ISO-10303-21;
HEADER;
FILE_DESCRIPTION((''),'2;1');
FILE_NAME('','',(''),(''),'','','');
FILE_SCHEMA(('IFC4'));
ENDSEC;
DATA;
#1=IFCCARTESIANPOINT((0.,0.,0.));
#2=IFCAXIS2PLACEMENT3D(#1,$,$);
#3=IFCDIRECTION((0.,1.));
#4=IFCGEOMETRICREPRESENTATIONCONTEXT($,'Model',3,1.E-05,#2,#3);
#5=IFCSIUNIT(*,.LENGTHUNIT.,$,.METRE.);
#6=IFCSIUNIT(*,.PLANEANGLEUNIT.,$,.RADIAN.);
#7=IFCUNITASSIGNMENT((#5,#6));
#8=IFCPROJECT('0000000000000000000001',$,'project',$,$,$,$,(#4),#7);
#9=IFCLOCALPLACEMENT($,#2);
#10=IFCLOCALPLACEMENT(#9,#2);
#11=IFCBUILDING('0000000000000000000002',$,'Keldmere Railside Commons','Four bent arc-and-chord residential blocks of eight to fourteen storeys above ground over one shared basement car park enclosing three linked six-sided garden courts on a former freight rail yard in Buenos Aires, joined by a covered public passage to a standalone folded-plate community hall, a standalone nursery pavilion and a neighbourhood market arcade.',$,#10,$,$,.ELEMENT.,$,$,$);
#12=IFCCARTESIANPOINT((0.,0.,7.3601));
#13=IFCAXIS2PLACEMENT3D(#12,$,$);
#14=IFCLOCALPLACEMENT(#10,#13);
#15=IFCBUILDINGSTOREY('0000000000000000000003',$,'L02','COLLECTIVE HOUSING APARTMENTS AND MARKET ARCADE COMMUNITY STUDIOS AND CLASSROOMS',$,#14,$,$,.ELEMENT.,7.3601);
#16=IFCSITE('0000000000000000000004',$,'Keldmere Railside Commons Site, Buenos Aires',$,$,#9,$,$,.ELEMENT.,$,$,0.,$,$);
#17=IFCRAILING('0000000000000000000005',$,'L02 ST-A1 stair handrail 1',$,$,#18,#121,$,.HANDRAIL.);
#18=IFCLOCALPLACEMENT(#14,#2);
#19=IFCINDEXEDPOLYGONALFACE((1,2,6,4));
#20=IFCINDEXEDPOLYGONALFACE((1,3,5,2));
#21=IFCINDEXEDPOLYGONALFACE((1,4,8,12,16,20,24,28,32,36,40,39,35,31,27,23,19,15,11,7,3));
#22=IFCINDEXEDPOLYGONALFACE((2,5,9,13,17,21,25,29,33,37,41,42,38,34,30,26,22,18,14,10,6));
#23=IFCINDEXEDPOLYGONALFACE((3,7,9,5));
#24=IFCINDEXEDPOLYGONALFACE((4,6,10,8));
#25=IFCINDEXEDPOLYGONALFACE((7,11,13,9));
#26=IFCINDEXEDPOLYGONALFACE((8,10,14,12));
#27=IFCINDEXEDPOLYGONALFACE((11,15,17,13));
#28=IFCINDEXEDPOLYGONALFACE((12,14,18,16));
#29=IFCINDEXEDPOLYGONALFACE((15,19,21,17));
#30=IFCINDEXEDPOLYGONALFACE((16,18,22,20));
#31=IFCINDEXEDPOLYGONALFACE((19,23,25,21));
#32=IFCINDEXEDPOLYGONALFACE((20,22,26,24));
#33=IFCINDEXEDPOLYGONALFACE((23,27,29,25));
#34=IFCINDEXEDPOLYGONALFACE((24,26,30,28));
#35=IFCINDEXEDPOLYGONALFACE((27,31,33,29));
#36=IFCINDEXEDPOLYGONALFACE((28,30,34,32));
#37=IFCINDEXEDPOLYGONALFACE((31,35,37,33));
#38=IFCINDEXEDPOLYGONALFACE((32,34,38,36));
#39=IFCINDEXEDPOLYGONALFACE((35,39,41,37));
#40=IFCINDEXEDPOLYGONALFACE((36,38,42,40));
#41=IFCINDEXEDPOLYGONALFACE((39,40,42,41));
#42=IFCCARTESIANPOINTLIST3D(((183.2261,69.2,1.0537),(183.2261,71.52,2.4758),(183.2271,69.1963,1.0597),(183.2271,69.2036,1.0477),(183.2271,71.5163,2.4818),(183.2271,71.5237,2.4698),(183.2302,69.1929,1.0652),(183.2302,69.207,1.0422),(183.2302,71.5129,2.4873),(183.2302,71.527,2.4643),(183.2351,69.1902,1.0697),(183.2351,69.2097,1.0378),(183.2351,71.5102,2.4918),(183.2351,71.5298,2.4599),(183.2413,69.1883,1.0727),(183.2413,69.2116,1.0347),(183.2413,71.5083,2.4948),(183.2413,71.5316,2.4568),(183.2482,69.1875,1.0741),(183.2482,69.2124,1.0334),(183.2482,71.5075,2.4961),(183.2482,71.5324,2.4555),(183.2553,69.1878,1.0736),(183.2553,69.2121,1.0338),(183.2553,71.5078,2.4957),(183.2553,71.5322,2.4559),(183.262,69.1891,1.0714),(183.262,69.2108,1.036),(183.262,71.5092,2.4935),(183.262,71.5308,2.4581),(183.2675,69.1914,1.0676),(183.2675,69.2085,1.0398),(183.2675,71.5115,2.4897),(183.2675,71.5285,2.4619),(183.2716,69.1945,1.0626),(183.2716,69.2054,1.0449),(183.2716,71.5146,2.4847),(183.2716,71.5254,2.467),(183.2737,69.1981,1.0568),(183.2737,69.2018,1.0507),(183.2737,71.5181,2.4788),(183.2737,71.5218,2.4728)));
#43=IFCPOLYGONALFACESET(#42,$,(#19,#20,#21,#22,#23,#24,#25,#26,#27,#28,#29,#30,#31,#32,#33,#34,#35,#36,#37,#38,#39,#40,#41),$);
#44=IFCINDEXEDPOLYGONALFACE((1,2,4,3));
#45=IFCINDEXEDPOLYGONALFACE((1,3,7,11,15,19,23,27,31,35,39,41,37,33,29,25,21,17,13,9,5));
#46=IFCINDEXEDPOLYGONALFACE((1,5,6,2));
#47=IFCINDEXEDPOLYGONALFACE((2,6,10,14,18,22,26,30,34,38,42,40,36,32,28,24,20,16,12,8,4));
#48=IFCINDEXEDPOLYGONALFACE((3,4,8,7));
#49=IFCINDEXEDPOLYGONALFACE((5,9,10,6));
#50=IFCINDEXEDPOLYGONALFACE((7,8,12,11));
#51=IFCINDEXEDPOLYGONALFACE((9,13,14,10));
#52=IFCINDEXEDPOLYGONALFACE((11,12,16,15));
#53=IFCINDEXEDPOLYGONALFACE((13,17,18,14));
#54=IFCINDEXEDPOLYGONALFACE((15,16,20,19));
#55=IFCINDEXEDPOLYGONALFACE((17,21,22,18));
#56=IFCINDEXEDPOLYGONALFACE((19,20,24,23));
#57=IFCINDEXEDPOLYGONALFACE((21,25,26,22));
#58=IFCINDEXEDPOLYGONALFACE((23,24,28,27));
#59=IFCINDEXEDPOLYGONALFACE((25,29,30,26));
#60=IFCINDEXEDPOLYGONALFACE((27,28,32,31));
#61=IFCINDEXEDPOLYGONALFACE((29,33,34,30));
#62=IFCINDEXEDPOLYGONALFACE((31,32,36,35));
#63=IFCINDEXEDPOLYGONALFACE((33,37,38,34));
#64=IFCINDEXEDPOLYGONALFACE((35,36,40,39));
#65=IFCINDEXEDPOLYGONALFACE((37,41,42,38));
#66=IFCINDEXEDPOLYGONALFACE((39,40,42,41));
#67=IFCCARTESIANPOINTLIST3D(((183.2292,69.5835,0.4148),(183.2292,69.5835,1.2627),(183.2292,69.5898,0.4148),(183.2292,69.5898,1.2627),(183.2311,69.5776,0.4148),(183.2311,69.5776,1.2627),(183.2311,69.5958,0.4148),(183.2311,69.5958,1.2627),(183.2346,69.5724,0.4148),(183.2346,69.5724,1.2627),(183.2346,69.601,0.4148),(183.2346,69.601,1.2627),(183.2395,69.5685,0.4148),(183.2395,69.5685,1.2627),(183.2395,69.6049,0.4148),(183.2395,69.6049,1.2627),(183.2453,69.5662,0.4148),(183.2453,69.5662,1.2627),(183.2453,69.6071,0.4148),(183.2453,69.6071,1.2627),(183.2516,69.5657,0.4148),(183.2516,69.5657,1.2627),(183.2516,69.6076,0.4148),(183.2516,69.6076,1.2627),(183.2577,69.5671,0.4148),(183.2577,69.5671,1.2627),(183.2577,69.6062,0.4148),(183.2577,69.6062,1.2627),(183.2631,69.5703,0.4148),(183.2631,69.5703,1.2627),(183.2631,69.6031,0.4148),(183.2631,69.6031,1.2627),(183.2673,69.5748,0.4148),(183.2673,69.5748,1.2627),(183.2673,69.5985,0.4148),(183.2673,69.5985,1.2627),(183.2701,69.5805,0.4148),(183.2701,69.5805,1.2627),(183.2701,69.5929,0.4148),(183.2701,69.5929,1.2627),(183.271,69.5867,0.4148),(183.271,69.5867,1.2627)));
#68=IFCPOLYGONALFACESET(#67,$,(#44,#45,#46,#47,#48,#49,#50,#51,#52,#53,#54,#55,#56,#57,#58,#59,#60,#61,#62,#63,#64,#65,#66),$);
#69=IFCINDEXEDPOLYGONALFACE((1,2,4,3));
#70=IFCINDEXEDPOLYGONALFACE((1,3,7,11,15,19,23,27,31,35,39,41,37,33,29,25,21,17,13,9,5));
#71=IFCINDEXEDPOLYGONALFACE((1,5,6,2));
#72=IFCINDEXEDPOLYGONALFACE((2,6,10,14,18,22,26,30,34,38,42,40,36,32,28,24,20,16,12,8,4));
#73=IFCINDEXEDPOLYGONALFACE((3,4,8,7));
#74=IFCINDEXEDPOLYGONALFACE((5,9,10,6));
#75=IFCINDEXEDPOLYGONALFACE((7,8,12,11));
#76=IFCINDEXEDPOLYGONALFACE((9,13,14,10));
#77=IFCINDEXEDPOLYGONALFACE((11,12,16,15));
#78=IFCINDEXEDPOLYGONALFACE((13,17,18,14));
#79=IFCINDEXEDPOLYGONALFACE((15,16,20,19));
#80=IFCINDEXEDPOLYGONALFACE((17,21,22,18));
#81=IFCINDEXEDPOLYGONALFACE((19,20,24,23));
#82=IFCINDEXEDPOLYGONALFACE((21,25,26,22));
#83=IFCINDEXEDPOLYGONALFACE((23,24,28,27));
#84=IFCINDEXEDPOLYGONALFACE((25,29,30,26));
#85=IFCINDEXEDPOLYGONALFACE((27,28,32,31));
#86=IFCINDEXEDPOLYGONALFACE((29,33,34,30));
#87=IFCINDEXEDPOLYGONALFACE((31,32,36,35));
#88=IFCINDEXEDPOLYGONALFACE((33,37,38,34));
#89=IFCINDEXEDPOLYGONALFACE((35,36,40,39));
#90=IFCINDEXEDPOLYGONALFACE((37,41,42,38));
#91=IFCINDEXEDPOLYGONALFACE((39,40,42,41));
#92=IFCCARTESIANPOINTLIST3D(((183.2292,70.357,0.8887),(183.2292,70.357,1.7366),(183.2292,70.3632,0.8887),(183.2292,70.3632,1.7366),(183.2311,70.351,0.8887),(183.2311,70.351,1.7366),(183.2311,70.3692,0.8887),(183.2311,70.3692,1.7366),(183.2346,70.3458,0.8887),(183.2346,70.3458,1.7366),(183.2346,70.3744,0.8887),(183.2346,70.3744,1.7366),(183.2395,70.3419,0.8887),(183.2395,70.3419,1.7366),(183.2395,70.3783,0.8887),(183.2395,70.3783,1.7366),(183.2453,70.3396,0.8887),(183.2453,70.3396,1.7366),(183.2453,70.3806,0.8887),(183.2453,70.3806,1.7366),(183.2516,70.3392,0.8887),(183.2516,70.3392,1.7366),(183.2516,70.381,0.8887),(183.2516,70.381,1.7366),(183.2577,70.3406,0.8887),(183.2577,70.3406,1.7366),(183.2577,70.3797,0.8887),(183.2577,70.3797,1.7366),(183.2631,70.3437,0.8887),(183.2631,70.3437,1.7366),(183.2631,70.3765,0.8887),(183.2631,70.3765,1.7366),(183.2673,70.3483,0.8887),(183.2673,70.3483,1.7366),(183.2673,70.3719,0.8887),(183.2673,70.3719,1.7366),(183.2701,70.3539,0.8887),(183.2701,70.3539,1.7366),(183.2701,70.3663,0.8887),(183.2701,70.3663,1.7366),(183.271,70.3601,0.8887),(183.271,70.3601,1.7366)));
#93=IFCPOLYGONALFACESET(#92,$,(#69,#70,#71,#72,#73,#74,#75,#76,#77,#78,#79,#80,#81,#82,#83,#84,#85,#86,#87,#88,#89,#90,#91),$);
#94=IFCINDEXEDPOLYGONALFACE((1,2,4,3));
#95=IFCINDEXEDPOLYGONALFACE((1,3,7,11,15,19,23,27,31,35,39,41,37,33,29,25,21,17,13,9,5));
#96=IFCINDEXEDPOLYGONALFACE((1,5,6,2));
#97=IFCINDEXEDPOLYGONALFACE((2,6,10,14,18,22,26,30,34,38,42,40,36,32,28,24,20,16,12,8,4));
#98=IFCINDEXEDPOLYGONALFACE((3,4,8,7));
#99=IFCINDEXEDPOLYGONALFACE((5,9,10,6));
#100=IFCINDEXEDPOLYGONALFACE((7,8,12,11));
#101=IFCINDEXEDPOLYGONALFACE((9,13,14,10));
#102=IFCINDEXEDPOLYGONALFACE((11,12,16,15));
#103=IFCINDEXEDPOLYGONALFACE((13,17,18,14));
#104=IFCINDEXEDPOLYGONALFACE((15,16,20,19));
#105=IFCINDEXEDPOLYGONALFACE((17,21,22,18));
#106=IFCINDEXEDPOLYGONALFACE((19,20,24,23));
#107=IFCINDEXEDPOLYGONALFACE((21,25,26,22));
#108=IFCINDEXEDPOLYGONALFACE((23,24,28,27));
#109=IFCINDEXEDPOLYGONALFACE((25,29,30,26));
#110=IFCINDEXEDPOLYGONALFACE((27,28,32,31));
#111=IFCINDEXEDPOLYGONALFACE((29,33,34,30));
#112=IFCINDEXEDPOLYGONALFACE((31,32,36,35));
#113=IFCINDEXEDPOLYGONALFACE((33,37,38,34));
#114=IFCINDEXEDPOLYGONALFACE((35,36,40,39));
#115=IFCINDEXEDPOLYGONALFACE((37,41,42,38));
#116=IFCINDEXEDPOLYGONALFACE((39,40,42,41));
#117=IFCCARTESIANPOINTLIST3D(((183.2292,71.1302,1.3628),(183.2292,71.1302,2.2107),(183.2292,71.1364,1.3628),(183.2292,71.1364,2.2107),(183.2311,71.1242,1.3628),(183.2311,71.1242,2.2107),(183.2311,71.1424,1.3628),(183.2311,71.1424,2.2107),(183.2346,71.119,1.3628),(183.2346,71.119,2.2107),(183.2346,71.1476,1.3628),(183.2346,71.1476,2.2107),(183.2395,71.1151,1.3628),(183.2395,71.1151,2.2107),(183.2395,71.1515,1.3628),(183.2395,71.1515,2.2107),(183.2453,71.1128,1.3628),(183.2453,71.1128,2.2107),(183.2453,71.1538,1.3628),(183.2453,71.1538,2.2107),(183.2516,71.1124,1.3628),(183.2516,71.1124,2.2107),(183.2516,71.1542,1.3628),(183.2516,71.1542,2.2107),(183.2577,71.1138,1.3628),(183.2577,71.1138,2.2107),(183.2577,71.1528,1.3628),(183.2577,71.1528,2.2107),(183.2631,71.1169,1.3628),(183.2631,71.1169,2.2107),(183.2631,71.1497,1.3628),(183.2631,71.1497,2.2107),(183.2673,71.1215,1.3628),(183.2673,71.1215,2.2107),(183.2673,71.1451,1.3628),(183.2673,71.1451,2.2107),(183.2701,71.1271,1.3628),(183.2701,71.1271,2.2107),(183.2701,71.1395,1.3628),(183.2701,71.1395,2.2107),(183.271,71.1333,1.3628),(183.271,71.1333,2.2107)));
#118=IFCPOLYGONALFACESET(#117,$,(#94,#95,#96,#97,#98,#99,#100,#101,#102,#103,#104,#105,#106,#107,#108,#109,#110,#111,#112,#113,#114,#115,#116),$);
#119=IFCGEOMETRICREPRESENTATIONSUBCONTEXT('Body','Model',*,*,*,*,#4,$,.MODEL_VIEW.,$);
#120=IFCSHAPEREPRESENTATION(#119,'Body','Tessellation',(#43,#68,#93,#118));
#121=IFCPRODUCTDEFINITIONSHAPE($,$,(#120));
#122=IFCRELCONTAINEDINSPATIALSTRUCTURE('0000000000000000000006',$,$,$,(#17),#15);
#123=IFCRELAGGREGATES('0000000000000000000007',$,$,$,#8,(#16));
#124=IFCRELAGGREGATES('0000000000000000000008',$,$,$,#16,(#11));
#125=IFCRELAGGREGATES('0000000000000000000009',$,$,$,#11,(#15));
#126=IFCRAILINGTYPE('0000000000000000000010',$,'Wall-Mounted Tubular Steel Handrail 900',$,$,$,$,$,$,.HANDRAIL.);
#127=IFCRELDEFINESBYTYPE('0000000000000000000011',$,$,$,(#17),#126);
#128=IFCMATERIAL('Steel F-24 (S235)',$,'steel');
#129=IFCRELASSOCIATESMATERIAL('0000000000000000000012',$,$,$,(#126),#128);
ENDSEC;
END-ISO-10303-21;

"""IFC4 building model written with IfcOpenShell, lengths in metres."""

from ifc_helpers import new_model, si_unit, direction, frame, origin, origin_2d, place, context, subcontext, project, spatial, circle, extrude, material, type_object, element, save


model = new_model("IFC4")

# Units and contexts
model_context = context("Model", 3, precision=1e-05, world=origin(), true_north=direction((0.0, 1.0)))
body_context = subcontext(model_context, "Body", "Model", "MODEL_VIEW")
ifc_project = project(units=[si_unit("LENGTHUNIT", "METRE"), si_unit("PLANEANGLEUNIT", "RADIAN")], contexts=[model_context])

# Site, building, storey
site_placement = place(None, origin())
site = spatial("IfcSite", under=ifc_project, at=site_placement, Name="Keldmere Railside Commons Site, Buenos Aires", CompositionType="ELEMENT", RefElevation=0.0)
building_placement = place(site_placement, origin())
building = spatial("IfcBuilding", under=site, at=building_placement, Name="Keldmere Railside Commons", Description="Four bent arc-and-chord residential blocks of eight to fourteen storeys above ground over one shared basement car park enclosing three linked six-sided garden courts on a former freight rail yard in Buenos Aires, joined by a covered public passage to a standalone folded-plate community hall, a standalone nursery pavilion and a neighbourhood market arcade.", CompositionType="ELEMENT")
storey_placement = place(building_placement, frame((0.0, 0.0, 7.3601)))
storey = spatial("IfcBuildingStorey", under=building, at=storey_placement, Name="L02", Description="COLLECTIVE HOUSING APARTMENTS AND MARKET ARCADE COMMUNITY STUDIOS AND CLASSROOMS", CompositionType="ELEMENT", Elevation=7.3601)

# Shared definitions
ifc_material_1 = material(Name="Steel F-24 (S235)", Category="steel")

# Railing
railing_type_1 = type_object("IfcRailingType", Name="Wall-Mounted Tubular Steel Handrail 900", PredefinedType="HANDRAIL", material=ifc_material_1)
railing_1_placement = place(storey_placement, frame((183.25, 69.2, 0.1777)))
element("IfcRailing", 1, at=railing_1_placement, inside=storey, type_object=railing_type_1, Name="L02 ST-A1 stair handrail 1", PredefinedType="HANDRAIL", context=body_context, shape_type="SweptSolid", body=[
    extrude(circle(Radius=0.0239, at=origin_2d()), frame((0.0, 0.0, 0.876), z_axis=(0.0, 0.852578, 0.5226), x_axis=(-1.0, 0.0, 0.0)), (0.0, 0.0, 1.0), 2.7212),
    extrude(circle(Radius=0.021, at=origin_2d()), frame((0.0, 0.3867, 0.2371)), (0.0, 0.0, 1.0), 0.8479),
    extrude(circle(Radius=0.021, at=origin_2d()), frame((0.0, 1.1602, 0.7109)), (0.0, 0.0, 1.0), 0.8479),
    extrude(circle(Radius=0.021, at=origin_2d()), frame((0.0, 1.9333, 1.1851)), (0.0, 0.0, 1.0), 0.8479),
])

save(model, "model.ifc")
